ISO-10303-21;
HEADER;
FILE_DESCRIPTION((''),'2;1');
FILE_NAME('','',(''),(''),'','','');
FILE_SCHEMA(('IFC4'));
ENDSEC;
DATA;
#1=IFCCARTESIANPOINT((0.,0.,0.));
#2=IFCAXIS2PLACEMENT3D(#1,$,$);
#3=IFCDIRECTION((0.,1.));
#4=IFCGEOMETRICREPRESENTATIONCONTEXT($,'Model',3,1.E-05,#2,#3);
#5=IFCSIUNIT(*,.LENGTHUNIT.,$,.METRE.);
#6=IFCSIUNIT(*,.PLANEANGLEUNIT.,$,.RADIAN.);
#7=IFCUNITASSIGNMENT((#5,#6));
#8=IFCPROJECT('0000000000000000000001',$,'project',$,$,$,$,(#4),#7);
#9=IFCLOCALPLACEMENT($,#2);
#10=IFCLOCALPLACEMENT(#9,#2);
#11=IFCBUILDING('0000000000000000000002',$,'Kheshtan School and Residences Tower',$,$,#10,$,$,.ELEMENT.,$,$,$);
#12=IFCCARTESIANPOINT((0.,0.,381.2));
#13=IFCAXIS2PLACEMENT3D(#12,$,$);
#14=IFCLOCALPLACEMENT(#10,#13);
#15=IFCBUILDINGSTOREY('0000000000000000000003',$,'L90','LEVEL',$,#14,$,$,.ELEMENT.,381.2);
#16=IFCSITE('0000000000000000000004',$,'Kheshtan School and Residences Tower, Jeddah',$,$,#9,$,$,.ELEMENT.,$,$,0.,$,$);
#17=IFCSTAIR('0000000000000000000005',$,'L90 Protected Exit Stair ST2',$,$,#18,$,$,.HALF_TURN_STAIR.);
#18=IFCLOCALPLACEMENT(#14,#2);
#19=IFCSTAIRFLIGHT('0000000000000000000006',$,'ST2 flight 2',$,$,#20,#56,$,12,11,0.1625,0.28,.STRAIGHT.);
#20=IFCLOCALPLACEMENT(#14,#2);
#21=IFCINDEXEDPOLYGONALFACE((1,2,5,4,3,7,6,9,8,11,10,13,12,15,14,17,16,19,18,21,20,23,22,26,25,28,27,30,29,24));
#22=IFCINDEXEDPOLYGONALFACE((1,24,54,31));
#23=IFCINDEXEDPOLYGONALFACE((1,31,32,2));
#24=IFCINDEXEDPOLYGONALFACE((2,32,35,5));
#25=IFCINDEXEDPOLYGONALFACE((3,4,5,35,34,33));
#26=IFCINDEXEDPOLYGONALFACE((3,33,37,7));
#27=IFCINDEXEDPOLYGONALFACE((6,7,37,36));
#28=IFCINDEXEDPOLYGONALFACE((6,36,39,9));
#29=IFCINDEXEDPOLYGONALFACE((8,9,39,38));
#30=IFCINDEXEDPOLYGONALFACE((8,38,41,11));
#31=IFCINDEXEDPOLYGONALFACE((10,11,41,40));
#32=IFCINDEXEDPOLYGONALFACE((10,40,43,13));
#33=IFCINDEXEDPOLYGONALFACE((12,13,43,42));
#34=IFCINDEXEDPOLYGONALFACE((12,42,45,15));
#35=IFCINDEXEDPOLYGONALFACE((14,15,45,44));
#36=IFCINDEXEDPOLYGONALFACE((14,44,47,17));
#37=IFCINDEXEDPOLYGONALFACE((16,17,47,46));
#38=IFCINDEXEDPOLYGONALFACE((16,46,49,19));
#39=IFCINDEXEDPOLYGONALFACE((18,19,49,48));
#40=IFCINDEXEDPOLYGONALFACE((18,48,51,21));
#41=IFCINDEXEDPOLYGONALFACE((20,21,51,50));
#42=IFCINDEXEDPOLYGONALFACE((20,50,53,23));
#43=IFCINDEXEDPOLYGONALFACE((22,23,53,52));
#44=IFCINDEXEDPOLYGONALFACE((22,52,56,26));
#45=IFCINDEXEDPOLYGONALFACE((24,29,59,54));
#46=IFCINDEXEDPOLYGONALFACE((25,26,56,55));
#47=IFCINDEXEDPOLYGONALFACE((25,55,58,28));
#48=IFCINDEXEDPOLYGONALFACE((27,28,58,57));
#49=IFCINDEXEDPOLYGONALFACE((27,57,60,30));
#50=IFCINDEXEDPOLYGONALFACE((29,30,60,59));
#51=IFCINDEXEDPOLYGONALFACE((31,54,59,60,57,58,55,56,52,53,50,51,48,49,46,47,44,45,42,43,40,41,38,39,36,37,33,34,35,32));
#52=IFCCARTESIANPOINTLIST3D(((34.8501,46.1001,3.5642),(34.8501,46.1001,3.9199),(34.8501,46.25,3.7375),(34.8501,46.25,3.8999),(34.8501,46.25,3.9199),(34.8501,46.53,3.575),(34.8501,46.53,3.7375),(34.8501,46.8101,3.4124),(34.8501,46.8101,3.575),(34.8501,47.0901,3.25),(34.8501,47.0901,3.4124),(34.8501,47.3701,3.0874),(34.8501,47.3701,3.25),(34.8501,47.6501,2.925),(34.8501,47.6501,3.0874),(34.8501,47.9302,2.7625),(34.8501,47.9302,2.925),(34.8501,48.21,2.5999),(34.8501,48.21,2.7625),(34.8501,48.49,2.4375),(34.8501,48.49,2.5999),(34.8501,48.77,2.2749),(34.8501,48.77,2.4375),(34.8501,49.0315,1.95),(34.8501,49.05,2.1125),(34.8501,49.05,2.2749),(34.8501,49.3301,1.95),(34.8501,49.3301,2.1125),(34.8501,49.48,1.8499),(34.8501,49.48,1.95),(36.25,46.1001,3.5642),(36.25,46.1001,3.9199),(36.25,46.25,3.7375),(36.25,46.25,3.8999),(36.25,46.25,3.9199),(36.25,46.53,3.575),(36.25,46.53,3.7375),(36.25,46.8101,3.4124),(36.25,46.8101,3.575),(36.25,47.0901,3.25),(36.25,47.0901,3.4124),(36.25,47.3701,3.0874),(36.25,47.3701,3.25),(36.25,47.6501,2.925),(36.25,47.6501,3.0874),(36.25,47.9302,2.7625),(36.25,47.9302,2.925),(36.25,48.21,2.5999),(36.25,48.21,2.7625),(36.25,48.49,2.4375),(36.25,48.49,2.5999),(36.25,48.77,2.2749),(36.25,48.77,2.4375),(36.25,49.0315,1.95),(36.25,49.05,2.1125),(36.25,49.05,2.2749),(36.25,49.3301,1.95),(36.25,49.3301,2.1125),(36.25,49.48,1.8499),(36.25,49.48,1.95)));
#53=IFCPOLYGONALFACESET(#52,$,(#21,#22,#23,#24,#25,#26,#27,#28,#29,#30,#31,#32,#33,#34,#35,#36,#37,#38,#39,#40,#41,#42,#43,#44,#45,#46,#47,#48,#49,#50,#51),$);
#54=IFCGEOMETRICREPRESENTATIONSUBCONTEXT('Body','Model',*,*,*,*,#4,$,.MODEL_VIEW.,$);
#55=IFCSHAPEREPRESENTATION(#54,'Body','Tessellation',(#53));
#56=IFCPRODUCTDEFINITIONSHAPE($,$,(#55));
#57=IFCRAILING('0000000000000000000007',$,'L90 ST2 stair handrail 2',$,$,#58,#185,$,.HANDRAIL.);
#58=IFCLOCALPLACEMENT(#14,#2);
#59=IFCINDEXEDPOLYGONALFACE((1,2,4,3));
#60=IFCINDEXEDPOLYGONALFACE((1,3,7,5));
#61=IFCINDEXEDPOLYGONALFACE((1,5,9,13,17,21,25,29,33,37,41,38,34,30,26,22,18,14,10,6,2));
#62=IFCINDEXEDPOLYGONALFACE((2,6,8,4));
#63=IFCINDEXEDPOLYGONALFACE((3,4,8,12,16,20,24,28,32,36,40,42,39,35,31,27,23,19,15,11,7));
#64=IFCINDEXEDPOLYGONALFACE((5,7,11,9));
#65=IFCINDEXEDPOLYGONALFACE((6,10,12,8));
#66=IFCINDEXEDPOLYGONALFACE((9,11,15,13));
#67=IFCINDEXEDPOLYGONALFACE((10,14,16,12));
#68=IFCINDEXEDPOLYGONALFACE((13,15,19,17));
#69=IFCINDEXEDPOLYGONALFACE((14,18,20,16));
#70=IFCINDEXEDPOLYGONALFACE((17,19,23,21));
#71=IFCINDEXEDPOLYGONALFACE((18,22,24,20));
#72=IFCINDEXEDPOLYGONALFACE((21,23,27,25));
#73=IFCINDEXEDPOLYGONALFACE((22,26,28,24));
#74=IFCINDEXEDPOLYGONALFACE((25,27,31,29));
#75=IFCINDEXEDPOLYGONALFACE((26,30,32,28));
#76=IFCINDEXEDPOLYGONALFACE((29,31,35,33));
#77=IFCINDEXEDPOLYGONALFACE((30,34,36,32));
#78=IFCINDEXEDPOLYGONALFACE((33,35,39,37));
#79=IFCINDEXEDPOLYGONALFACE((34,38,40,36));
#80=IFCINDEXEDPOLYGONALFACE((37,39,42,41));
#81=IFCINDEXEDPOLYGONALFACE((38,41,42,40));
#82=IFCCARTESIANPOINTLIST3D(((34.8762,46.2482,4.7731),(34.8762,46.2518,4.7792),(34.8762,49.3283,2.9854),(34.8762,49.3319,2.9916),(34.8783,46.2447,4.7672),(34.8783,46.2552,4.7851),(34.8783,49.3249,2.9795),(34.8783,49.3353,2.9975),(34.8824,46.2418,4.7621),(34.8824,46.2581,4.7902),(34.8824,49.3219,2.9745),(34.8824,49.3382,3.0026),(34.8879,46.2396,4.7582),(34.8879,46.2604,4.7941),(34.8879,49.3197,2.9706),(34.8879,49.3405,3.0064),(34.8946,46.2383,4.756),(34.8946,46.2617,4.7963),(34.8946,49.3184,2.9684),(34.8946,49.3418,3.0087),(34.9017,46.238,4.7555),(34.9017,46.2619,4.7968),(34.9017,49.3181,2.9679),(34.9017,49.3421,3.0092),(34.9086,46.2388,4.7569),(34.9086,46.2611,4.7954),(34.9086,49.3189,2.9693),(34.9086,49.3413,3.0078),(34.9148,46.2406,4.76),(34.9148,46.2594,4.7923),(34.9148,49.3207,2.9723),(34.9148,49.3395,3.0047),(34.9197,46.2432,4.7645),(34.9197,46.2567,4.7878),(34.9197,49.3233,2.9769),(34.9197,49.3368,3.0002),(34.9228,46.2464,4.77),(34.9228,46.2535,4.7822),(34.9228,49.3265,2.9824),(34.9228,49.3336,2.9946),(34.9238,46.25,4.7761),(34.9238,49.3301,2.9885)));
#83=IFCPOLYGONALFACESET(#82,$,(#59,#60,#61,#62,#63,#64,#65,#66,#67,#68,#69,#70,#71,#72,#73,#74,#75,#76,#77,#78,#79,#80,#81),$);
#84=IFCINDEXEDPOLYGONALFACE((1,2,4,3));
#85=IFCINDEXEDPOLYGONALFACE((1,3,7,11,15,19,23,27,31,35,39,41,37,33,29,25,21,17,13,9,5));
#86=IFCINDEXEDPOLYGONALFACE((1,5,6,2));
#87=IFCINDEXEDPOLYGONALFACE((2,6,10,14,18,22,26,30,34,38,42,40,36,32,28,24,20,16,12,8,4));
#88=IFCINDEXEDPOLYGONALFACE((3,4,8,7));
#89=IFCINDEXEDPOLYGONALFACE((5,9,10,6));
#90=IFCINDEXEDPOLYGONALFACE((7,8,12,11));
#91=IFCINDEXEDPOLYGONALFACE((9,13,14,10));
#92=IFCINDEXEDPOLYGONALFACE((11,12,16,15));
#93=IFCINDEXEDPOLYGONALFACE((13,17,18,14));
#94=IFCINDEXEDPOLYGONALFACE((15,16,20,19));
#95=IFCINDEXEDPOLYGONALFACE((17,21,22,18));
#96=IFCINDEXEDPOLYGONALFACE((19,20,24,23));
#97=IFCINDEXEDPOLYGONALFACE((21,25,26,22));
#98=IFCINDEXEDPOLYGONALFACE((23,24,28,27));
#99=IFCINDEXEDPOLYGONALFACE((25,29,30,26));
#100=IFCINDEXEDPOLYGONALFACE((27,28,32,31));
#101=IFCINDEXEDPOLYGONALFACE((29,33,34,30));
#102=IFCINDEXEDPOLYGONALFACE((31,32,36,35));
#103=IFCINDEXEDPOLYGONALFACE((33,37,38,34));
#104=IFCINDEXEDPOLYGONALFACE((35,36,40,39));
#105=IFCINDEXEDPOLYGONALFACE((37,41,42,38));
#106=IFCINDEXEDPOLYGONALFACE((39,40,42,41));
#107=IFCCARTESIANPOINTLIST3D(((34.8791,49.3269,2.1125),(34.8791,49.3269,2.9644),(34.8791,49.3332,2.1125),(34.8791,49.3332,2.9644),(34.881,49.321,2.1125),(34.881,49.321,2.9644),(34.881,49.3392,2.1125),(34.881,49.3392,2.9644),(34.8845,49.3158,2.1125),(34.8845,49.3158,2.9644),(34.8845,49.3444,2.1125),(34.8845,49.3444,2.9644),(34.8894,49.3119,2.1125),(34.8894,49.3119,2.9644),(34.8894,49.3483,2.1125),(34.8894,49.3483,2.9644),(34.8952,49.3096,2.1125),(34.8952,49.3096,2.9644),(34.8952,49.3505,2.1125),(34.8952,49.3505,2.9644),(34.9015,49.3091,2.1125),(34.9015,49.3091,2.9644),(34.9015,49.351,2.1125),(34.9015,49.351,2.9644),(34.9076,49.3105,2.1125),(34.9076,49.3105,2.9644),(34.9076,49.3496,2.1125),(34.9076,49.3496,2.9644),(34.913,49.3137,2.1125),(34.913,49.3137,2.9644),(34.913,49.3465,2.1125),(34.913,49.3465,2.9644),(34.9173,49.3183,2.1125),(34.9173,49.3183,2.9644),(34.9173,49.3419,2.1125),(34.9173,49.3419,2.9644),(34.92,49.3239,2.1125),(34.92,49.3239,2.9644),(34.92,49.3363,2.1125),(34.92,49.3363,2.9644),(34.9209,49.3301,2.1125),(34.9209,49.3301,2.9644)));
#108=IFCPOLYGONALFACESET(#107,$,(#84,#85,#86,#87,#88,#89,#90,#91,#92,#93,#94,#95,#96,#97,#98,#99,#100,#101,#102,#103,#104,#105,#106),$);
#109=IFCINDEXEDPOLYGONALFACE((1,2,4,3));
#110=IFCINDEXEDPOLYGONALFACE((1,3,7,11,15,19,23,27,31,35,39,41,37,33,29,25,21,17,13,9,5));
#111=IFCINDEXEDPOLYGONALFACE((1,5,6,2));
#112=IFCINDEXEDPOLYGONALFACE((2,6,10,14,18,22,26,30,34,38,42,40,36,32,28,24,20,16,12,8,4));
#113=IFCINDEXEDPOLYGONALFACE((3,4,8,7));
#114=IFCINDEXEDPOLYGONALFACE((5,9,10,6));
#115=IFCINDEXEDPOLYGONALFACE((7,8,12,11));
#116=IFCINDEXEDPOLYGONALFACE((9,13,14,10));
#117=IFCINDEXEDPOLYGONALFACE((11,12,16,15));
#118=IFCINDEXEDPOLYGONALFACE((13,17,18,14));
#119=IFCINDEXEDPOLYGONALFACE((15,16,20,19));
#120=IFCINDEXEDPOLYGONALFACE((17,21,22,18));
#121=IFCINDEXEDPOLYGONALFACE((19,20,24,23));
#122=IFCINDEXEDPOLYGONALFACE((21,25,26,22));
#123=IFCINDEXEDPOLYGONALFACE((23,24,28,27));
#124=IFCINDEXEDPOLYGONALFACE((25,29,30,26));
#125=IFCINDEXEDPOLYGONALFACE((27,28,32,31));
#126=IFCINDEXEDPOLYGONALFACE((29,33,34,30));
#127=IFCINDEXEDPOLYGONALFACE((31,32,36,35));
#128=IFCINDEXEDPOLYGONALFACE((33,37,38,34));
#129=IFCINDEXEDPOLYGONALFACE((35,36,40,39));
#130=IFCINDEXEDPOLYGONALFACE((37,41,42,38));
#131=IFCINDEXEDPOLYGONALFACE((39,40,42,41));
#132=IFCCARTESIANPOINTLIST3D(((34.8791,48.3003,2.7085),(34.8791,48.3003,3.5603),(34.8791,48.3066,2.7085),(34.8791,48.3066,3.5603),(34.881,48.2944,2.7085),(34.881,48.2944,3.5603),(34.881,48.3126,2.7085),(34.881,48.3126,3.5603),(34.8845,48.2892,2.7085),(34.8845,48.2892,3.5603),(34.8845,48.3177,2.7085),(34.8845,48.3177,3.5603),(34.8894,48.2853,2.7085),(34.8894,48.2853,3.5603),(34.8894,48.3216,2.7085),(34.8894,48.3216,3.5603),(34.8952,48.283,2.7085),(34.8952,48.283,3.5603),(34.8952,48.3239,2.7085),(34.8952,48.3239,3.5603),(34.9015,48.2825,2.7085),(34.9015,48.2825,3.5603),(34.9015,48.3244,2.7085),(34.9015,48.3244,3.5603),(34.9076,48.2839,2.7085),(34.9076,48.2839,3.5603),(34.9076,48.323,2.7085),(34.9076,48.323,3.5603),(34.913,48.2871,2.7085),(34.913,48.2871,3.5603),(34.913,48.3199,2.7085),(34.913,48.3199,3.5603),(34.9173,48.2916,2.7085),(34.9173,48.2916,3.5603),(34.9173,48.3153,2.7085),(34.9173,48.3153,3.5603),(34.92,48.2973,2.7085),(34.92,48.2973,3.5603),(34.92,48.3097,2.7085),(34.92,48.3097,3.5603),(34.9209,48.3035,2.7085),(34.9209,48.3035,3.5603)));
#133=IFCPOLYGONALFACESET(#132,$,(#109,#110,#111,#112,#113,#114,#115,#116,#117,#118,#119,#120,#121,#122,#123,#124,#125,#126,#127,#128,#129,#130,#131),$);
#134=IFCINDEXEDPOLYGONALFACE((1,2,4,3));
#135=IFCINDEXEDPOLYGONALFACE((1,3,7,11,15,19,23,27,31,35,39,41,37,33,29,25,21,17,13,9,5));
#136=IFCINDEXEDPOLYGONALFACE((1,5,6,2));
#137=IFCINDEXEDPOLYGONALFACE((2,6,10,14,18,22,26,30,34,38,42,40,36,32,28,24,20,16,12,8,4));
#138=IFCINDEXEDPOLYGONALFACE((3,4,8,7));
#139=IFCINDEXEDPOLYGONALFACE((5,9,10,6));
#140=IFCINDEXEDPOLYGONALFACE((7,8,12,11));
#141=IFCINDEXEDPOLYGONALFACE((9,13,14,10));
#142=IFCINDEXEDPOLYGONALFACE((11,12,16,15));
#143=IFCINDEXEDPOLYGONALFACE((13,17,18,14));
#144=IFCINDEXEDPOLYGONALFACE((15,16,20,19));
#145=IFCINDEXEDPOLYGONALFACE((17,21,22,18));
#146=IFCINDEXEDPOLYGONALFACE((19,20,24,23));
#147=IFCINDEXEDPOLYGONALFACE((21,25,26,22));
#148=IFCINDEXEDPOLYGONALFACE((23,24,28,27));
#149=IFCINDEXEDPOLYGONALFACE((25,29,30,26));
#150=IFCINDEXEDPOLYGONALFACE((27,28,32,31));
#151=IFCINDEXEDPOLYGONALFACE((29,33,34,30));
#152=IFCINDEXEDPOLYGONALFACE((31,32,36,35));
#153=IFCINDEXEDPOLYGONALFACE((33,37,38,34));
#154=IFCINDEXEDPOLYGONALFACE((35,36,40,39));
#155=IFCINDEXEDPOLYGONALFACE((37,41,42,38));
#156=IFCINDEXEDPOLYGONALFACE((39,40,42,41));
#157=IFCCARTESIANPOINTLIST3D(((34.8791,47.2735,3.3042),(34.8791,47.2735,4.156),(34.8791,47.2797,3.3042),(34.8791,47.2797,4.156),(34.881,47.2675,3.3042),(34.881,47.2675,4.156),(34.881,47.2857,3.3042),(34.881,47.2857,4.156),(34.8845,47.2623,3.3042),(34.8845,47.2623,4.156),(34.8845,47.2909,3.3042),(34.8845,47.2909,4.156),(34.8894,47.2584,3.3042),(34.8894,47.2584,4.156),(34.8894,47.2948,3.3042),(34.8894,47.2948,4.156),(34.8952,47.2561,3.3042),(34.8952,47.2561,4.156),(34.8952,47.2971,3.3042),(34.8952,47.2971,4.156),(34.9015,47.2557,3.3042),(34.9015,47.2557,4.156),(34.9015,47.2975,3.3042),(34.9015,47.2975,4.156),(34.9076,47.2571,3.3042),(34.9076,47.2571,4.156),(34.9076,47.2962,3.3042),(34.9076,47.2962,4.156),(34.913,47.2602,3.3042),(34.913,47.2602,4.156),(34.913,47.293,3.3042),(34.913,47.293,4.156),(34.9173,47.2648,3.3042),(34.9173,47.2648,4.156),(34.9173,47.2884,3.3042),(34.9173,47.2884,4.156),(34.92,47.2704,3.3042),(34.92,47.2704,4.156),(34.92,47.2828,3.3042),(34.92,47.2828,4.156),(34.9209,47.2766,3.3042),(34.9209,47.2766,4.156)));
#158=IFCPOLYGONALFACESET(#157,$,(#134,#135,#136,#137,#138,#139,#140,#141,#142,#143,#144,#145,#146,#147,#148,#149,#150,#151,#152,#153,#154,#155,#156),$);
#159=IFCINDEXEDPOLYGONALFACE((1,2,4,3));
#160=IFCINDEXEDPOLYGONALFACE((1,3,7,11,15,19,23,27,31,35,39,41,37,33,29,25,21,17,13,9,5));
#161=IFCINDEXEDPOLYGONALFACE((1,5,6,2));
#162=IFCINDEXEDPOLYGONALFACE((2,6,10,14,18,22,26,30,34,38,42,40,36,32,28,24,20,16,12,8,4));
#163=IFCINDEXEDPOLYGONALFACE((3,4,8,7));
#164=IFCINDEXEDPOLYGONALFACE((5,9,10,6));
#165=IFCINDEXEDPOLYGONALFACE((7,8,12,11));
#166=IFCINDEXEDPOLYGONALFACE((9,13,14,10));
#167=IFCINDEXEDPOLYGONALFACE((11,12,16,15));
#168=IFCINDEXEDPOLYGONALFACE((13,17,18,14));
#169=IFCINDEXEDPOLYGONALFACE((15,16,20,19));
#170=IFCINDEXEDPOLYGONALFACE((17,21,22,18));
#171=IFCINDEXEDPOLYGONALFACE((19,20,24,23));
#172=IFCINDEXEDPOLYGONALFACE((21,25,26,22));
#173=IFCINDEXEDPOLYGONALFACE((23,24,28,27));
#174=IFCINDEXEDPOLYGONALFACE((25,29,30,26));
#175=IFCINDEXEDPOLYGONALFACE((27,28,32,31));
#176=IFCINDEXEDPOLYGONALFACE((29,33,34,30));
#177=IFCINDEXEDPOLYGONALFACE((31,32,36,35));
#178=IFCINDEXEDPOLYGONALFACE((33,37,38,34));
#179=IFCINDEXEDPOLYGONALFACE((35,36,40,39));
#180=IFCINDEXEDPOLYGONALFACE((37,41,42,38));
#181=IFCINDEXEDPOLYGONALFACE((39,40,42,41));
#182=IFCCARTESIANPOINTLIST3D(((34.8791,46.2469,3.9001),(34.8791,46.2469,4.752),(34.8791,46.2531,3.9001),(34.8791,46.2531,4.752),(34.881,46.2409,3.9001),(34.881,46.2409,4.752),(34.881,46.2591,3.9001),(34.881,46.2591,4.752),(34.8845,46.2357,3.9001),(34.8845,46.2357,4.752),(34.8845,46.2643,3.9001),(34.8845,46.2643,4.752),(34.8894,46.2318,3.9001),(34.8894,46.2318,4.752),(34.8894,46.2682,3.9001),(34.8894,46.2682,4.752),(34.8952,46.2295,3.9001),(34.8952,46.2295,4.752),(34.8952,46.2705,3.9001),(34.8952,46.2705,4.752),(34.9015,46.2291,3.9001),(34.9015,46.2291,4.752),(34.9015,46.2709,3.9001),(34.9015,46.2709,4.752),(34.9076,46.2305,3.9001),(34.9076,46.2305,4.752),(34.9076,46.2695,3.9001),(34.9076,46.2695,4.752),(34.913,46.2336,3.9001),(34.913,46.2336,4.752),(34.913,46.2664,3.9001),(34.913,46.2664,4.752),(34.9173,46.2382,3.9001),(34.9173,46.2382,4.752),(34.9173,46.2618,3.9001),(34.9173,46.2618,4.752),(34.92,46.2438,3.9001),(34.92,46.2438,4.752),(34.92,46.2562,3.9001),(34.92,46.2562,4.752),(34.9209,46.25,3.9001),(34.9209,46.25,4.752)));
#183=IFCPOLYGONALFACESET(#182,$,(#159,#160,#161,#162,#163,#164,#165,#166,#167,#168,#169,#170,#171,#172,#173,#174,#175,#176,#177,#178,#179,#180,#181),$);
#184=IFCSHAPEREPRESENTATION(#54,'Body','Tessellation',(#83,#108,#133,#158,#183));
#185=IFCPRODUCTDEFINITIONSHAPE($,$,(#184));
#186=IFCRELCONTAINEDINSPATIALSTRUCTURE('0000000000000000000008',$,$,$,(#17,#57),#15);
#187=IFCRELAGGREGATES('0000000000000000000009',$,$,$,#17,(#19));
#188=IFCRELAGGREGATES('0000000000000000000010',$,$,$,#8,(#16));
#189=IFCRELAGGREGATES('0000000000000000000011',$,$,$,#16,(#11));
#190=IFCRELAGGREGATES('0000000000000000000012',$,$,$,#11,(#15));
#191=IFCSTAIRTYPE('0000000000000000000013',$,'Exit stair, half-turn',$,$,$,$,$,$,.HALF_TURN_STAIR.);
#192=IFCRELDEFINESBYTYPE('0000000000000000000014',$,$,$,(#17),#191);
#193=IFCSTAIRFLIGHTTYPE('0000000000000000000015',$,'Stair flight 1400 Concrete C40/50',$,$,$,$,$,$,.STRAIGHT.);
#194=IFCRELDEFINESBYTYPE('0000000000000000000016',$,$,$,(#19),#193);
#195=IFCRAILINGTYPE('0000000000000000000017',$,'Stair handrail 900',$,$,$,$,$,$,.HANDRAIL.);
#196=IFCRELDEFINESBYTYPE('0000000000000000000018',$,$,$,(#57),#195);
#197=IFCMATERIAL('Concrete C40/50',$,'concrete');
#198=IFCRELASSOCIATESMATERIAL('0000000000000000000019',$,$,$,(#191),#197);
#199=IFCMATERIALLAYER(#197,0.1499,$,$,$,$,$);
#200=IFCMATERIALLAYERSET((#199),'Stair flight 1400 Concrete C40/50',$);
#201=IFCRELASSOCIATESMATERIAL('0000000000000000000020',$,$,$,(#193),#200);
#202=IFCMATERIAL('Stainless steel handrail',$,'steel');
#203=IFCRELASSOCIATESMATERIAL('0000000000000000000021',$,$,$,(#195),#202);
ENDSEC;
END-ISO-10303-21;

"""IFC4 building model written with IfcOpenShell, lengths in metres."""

from ifc_helpers import new_model, si_unit, direction, frame, origin, origin_2d, place, context, subcontext, project, spatial, polyline, circle, outline, extrude, material, layer, layer_set, type_object, element, aggregate, save


model = new_model("IFC4")

# Units and contexts
model_context = context("Model", 3, precision=1e-05, world=origin(), true_north=direction((0.0, 1.0)))
body_context = subcontext(model_context, "Body", "Model", "MODEL_VIEW")
ifc_project = project(units=[si_unit("LENGTHUNIT", "METRE"), si_unit("PLANEANGLEUNIT", "RADIAN")], contexts=[model_context])

# Site, building, storey
site_placement = place(None, origin())
site = spatial("IfcSite", under=ifc_project, at=site_placement, Name="Kheshtan School and Residences Tower, Jeddah", CompositionType="ELEMENT", RefElevation=0.0)
building_placement = place(site_placement, origin())
building = spatial("IfcBuilding", under=site, at=building_placement, Name="Kheshtan School and Residences Tower", CompositionType="ELEMENT")
storey_placement = place(building_placement, frame((0.0, 0.0, 381.2)))
storey = spatial("IfcBuildingStorey", under=building, at=storey_placement, Name="L90", Description="LEVEL", CompositionType="ELEMENT", Elevation=381.2)

# Shared definitions
ifc_material_1 = material(Name="Concrete C40/50", Category="concrete")

# Stair, stair flight
stair_type = type_object("IfcStairType", Name="Exit stair, half-turn", PredefinedType="HALF_TURN_STAIR", material=ifc_material_1)
stair_placement = place(storey_placement, origin())
stair = element("IfcStair", 1, at=stair_placement, inside=storey, type_object=stair_type, Name="L90 Protected Exit Stair ST2", PredefinedType="HALF_TURN_STAIR")
ifc_layer_1 = layer(ifc_material_1, 0.1499)
ifc_layer_set_1 = layer_set([ifc_layer_1], Name="Stair flight 1400 Concrete C40/50")
stair_flight_type = type_object("IfcStairFlightType", Name="Stair flight 1400 Concrete C40/50", PredefinedType="STRAIGHT", material=ifc_layer_set_1)
stair_flight_placement = place(storey_placement, frame((35.55, 49.3301, 1.95), z_axis=(0.0, 0.0, 1.0), x_axis=(0.0, -1.0, 0.0)))
stair_flight = element("IfcStairFlight", 2, at=stair_flight_placement, type_object=stair_flight_type, Name="ST2 flight 2", NumberOfRisers=12, NumberOfTreads=11, PredefinedType="STRAIGHT", RiserHeight=0.1625, TreadLength=0.28, context=body_context, shape_type="SweptSolid", body=[
    extrude(outline(polyline([(-0.1499, -0.1001), (-0.1499, 0.0), (0.0, 0.0), (0.0, 0.1626), (0.28, 0.1626), (0.28, 0.325), (0.5601, 0.325), (0.5601, 0.4875), (0.8401, 0.4875), (0.8401, 0.6499), (1.1201, 0.6499), (1.1201, 0.8125), (1.3999, 0.8125), (1.3999, 0.9751), (1.6799, 0.9751), (1.6799, 1.1375), (1.96, 1.1375), (1.96, 1.3), (2.24, 1.3), (2.24, 1.4624), (2.52, 1.4624), (2.52, 1.625), (2.8, 1.625), (2.8, 1.7876), (3.0801, 1.7876), (3.0801, 1.95), (3.0801, 1.97), (3.23, 1.97), (3.23, 1.6143), (0.2986, 0.0), (-0.1499, -0.1001)])), frame((0.0, 0.7, 0.0), z_axis=(0.0, -1.0, 0.0), x_axis=(1.0, 0.0, 0.0)), (0.0, 0.0, 1.0), 1.3999),
])
aggregate(stair, [stair_flight])

# Railing
ifc_material_2 = material(Name="Stainless steel handrail", Category="steel")
railing_type = type_object("IfcRailingType", Name="Stair handrail 900", PredefinedType="HANDRAIL", material=ifc_material_2)
railing_placement = place(storey_placement, frame((34.8999, 49.3301, 2.1125)))
element("IfcRailing", 3, at=railing_placement, inside=storey, type_object=railing_type, Name="L90 ST2 stair handrail 2", PredefinedType="HANDRAIL", context=body_context, shape_type="SweptSolid", body=[
    extrude(circle(Radius=0.0239, at=origin_2d()), frame((0.0, 0.0, 0.876), z_axis=(0.0, -0.864891, 0.50196), x_axis=(1.0, 0.0, 0.0)), (0.0, 0.0, 1.0), 3.5613),
    extrude(circle(Radius=0.021, at=origin_2d()), origin(), (0.0, 0.0, 1.0), 0.8518),
    extrude(circle(Radius=0.021, at=origin_2d()), frame((0.0, -1.0266, 0.5959)), (0.0, 0.0, 1.0), 0.8518),
    extrude(circle(Radius=0.021, at=origin_2d()), frame((0.0, -2.0535, 1.1917)), (0.0, 0.0, 1.0), 0.8518),
    extrude(circle(Radius=0.021, at=origin_2d()), frame((0.0, -3.0801, 1.7876)), (0.0, 0.0, 1.0), 0.8518),
])

save(model, "model.ifc")
